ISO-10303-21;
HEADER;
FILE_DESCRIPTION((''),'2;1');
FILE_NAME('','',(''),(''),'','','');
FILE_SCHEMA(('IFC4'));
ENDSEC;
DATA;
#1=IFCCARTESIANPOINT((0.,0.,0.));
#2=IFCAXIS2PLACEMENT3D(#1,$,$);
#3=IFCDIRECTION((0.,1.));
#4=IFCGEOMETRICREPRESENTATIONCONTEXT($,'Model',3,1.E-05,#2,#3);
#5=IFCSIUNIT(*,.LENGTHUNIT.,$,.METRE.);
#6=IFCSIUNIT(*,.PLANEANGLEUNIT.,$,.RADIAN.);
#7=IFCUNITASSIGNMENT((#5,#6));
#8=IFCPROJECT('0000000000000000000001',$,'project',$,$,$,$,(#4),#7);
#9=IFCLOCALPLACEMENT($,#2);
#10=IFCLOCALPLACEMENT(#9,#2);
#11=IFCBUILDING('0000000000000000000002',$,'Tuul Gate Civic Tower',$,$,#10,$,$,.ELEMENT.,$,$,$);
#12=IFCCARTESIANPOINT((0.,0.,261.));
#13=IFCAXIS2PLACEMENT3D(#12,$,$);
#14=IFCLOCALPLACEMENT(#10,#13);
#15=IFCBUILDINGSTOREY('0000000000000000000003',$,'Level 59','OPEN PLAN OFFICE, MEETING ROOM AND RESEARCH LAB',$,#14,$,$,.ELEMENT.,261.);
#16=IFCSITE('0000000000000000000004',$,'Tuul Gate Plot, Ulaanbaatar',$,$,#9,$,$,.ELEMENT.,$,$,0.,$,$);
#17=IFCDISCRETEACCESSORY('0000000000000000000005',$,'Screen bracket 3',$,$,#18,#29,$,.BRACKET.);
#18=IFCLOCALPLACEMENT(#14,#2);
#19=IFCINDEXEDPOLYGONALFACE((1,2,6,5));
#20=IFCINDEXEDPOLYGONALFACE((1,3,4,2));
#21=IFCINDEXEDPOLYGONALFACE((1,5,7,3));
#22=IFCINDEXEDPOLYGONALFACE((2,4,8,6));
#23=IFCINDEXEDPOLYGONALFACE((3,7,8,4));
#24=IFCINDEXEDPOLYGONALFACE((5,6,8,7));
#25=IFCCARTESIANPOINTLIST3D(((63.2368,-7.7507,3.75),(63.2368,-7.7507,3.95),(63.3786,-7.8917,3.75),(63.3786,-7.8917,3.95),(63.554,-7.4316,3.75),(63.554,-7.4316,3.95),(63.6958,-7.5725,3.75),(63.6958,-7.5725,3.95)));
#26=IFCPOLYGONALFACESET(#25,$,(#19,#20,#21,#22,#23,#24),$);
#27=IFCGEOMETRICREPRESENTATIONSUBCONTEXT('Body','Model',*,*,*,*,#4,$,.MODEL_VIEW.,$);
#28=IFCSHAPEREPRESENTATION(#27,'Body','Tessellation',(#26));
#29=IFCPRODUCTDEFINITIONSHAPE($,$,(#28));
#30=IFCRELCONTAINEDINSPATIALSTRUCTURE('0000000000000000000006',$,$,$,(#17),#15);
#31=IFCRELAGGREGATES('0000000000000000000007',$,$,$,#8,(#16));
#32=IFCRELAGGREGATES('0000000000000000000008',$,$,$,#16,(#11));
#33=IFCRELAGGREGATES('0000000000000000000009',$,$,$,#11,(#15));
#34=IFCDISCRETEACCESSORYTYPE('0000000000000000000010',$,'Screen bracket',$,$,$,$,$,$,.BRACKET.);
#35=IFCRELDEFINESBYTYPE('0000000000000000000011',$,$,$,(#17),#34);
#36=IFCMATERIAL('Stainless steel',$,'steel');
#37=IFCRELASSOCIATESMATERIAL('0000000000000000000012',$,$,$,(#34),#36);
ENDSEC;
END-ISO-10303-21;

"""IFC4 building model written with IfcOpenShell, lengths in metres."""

from ifc_helpers import new_model, si_unit, direction, frame, origin, origin_2d, place, context, subcontext, project, spatial, rectangle, extrude, material, type_object, element, save


model = new_model("IFC4")

# Units and contexts
model_context = context("Model", 3, precision=1e-05, world=origin(), true_north=direction((0.0, 1.0)))
body_context = subcontext(model_context, "Body", "Model", "MODEL_VIEW")
ifc_project = project(units=[si_unit("LENGTHUNIT", "METRE"), si_unit("PLANEANGLEUNIT", "RADIAN")], contexts=[model_context])

# Site, building, storey
site_placement = place(None, origin())
site = spatial("IfcSite", under=ifc_project, at=site_placement, Name="Tuul Gate Plot, Ulaanbaatar", CompositionType="ELEMENT", RefElevation=0.0)
building_placement = place(site_placement, origin())
building = spatial("IfcBuilding", under=site, at=building_placement, Name="Tuul Gate Civic Tower", CompositionType="ELEMENT")
storey_placement = place(building_placement, frame((0.0, 0.0, 261.0)))
storey = spatial("IfcBuildingStorey", under=building, at=storey_placement, Name="Level 59", Description="OPEN PLAN OFFICE, MEETING ROOM AND RESEARCH LAB", CompositionType="ELEMENT", Elevation=261.0)

# Discrete accessory
ifc_material_1 = material(Name="Stainless steel", Category="steel")
discrete_accessory_type = type_object("IfcDiscreteAccessoryType", Name="Screen bracket", PredefinedType="BRACKET", material=ifc_material_1)
discrete_accessory_placement = place(storey_placement, frame((63.4663, -7.6616, 3.75), z_axis=(0.0, 0.0, 1.0), x_axis=(0.704902, 0.709305, 0.0)))
element("IfcDiscreteAccessory", 1, at=discrete_accessory_placement, inside=storey, type_object=discrete_accessory_type, Name="Screen bracket 3", PredefinedType="BRACKET", context=body_context, shape_type="SweptSolid", body=[
    extrude(rectangle(XDim=0.45, YDim=0.2, at=origin_2d()), origin(), (0.0, 0.0, 1.0), 0.2),
])

save(model, "model.ifc")
